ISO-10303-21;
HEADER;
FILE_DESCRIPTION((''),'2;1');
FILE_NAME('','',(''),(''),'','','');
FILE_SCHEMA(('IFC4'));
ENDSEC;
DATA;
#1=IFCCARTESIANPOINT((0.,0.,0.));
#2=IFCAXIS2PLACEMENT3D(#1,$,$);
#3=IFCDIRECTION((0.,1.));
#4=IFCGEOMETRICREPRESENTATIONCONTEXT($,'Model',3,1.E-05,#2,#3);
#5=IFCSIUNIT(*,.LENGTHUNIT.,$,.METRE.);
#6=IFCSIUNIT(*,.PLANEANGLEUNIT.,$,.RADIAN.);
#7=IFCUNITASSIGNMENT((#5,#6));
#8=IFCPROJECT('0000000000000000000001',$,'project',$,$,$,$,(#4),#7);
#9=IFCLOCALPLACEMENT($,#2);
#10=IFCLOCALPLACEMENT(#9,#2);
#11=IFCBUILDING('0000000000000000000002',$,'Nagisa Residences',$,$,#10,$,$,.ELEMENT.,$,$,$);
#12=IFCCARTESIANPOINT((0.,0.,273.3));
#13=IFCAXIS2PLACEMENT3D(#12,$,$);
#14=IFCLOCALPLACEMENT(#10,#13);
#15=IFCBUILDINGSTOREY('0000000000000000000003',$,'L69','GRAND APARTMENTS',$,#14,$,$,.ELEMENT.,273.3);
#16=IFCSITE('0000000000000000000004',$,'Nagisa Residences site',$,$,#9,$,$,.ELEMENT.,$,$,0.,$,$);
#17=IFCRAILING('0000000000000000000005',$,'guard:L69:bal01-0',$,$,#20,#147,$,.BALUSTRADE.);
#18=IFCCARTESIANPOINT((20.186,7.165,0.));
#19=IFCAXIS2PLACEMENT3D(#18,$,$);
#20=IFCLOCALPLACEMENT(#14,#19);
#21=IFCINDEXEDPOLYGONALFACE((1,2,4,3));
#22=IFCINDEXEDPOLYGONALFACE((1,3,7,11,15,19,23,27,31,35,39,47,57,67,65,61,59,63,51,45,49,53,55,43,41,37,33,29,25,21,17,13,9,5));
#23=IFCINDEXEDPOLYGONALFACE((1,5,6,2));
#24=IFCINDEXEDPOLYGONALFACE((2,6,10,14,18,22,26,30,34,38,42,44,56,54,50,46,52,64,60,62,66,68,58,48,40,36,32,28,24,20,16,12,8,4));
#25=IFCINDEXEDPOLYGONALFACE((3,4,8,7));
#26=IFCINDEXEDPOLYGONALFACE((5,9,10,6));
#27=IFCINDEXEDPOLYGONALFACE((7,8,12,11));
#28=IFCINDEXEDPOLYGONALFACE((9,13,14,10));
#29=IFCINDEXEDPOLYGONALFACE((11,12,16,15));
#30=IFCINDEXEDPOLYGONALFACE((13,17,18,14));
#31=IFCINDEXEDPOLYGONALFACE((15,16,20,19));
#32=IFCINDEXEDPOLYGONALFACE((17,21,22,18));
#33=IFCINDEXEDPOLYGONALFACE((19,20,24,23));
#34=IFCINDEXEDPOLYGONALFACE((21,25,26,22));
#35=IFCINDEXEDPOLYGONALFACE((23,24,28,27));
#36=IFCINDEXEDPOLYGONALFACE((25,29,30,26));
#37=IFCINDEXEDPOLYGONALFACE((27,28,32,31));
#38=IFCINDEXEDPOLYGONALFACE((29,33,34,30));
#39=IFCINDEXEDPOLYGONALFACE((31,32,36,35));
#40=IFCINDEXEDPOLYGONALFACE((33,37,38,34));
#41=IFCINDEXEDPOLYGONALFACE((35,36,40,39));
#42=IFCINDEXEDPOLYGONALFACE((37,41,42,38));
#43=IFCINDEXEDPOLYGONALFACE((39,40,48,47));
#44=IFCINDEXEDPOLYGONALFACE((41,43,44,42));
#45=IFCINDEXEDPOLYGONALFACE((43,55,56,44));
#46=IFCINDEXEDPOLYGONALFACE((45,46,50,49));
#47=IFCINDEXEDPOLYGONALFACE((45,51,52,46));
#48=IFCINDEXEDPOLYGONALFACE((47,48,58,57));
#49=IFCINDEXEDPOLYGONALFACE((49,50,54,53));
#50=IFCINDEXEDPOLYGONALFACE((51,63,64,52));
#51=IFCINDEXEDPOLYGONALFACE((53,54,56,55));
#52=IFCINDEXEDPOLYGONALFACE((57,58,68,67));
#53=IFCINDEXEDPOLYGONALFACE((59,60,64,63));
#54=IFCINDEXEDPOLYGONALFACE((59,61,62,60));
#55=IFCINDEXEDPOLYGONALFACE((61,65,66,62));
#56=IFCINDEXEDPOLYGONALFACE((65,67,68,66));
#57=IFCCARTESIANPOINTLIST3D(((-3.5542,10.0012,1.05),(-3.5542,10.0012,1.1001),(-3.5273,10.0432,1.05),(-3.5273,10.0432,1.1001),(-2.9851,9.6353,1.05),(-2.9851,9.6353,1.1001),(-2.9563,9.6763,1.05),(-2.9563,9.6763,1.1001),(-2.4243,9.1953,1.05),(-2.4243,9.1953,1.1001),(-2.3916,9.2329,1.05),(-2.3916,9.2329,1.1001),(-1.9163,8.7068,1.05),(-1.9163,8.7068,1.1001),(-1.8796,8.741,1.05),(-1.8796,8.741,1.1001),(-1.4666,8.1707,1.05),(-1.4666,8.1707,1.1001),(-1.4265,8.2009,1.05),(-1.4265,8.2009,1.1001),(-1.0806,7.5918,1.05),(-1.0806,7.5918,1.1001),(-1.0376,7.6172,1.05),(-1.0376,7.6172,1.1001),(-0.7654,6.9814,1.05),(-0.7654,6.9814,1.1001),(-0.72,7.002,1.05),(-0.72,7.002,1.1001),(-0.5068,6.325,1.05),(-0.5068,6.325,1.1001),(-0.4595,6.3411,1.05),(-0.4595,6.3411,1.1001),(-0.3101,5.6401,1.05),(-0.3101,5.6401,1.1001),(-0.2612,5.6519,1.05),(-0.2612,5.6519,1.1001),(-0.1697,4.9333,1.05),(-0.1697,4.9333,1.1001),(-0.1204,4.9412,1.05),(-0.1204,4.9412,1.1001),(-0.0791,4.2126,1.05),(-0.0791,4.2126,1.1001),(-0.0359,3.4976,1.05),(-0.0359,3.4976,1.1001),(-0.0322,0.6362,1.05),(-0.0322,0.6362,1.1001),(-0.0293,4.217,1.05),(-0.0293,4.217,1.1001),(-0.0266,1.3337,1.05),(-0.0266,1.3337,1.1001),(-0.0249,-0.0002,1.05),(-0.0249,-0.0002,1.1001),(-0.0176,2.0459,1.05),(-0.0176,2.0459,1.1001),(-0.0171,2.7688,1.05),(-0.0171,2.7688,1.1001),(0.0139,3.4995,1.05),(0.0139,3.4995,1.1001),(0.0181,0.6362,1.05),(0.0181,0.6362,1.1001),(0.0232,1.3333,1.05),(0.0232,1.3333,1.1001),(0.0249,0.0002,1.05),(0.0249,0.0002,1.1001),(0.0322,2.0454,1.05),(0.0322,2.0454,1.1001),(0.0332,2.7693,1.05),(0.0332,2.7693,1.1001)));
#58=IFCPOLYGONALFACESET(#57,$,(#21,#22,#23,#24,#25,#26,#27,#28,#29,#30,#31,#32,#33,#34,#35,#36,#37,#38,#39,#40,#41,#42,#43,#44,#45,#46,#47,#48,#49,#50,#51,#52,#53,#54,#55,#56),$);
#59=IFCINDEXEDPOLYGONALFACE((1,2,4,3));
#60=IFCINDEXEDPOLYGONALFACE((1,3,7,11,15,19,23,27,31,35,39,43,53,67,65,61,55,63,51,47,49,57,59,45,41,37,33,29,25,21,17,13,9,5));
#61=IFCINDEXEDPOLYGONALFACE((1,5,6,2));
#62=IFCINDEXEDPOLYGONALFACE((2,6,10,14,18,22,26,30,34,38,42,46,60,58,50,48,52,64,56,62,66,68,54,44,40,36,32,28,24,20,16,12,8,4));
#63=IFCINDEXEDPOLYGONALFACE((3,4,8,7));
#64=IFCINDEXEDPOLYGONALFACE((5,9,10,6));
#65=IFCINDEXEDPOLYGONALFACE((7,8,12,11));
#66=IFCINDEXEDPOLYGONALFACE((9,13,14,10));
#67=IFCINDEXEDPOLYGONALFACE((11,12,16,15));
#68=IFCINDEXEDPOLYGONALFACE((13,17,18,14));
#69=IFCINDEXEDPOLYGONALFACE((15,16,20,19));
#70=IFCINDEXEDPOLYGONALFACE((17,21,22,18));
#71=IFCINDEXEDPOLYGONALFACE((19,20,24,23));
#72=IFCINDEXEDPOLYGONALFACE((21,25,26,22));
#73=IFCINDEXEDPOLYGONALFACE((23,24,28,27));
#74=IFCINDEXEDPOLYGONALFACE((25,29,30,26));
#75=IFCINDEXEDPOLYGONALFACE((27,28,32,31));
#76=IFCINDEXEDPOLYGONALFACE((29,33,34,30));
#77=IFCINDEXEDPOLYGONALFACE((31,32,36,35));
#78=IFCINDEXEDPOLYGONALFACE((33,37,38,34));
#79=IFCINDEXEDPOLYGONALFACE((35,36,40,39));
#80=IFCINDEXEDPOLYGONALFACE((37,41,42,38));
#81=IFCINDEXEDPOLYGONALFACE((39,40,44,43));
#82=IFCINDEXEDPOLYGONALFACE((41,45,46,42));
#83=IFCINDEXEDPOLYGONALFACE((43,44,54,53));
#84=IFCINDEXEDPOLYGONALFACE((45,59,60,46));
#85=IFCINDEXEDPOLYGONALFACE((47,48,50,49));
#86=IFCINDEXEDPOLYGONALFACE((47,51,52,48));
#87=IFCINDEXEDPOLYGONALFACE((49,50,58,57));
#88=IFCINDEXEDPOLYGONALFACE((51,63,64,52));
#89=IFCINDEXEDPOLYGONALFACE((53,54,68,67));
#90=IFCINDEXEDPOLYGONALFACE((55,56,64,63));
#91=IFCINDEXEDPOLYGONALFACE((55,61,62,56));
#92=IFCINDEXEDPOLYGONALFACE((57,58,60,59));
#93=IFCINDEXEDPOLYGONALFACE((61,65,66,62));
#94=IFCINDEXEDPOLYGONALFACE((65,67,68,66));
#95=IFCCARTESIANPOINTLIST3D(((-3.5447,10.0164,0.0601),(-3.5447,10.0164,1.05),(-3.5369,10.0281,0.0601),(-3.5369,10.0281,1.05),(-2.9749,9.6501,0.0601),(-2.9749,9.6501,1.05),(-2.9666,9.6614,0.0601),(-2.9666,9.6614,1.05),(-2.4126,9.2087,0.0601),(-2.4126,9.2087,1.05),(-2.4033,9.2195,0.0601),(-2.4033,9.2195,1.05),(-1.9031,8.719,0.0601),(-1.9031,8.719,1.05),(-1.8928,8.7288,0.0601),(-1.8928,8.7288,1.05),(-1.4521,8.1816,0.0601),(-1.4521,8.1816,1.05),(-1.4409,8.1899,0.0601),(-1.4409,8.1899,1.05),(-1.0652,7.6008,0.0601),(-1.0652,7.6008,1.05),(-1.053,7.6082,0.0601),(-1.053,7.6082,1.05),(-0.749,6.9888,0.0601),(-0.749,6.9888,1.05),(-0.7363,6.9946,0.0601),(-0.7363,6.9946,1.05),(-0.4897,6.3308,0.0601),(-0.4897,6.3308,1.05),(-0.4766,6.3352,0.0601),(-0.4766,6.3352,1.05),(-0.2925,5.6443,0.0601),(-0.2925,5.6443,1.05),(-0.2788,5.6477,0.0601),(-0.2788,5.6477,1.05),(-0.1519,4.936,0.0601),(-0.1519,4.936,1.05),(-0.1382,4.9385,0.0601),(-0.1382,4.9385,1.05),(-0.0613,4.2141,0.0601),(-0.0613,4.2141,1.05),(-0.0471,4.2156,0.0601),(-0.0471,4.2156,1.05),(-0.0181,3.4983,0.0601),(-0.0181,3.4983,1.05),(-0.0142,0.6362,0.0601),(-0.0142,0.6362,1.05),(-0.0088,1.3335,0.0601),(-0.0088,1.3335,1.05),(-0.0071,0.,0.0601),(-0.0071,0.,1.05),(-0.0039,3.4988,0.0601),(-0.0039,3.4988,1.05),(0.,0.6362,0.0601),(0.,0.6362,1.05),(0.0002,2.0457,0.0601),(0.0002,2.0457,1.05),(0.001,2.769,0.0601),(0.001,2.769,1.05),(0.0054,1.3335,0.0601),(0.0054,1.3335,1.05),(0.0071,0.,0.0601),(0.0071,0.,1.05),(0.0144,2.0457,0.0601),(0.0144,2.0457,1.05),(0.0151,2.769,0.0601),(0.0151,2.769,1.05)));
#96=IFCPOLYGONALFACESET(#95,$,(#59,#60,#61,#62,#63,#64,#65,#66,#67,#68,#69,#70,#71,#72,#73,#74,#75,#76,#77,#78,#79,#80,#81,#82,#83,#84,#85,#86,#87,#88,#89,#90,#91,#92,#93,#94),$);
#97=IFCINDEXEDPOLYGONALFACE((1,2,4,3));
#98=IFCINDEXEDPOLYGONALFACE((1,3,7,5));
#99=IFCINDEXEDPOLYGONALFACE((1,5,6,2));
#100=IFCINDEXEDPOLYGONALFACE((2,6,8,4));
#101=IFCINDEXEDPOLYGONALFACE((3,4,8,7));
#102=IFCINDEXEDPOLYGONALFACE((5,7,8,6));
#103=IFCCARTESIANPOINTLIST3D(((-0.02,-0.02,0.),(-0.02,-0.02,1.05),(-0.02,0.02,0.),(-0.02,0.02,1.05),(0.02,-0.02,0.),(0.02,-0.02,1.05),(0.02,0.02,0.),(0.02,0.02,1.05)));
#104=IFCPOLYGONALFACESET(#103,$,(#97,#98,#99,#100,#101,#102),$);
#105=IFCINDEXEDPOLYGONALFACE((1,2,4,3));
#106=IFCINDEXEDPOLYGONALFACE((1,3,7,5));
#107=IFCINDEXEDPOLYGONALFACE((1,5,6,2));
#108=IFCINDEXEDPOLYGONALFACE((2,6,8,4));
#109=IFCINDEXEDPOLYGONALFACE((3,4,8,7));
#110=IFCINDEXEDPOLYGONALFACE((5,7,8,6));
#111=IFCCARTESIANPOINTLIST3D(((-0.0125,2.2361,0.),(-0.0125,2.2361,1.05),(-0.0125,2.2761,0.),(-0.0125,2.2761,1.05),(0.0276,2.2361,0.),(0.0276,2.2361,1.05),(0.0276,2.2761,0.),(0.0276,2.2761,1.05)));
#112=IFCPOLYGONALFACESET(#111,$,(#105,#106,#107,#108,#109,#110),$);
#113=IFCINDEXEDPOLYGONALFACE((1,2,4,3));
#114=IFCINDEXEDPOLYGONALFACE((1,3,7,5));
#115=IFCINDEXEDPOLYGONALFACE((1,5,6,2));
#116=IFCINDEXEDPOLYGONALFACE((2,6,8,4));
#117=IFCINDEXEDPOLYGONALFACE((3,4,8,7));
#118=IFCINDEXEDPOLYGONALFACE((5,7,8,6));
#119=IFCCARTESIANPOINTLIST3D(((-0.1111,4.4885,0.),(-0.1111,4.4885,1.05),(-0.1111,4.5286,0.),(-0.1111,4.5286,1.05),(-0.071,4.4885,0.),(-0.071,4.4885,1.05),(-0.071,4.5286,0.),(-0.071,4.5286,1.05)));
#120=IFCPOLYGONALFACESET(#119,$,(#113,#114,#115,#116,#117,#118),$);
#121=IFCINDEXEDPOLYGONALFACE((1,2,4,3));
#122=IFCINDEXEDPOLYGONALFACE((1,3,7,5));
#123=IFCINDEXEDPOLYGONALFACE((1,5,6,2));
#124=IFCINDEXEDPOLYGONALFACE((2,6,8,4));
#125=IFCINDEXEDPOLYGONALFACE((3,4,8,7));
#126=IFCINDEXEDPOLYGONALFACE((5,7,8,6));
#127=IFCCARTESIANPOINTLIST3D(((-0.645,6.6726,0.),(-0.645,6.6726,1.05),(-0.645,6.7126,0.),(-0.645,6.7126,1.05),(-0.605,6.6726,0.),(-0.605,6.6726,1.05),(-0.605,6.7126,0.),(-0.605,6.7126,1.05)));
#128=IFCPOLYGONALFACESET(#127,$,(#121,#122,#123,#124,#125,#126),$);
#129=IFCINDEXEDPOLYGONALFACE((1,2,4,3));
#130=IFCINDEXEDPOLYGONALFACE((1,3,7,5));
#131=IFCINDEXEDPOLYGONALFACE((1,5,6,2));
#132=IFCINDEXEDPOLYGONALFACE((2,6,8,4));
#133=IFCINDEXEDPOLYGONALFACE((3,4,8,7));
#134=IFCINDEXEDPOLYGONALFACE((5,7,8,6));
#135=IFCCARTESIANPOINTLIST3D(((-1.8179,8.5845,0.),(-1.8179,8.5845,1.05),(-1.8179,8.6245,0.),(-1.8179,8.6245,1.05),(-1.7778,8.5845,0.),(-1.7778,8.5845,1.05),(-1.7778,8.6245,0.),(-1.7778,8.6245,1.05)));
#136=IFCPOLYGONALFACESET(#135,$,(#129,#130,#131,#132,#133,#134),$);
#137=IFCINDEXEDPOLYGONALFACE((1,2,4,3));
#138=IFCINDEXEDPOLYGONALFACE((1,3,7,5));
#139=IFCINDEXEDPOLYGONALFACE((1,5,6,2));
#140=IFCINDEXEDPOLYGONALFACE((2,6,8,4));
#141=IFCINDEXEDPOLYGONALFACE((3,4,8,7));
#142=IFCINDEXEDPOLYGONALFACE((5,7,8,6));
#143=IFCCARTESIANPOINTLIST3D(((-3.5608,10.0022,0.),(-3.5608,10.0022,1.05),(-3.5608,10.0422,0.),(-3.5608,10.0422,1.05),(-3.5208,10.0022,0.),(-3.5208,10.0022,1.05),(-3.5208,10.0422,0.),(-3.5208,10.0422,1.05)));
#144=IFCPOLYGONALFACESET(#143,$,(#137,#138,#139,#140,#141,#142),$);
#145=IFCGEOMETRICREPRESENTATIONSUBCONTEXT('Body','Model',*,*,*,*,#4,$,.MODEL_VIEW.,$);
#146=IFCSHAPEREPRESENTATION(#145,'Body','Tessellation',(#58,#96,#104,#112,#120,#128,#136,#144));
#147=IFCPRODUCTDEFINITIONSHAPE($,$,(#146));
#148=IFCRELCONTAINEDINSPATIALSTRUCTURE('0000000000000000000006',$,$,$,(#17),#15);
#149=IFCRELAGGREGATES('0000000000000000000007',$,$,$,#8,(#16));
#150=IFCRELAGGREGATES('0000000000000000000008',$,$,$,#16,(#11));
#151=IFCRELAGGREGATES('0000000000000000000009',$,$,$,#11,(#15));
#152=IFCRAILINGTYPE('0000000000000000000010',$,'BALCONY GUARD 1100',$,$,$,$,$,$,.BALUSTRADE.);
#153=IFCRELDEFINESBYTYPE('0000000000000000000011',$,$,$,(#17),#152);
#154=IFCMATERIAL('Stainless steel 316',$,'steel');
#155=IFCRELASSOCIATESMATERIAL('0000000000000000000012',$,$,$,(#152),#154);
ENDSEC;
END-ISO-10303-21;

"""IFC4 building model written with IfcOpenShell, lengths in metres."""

from ifc_helpers import new_model, si_unit, direction, frame, origin, origin_2d, place, context, subcontext, project, spatial, polyline, rectangle, outline, extrude, material, type_object, element, save


model = new_model("IFC4")

# Units and contexts
model_context = context("Model", 3, precision=1e-05, world=origin(), true_north=direction((0.0, 1.0)))
body_context = subcontext(model_context, "Body", "Model", "MODEL_VIEW")
ifc_project = project(units=[si_unit("LENGTHUNIT", "METRE"), si_unit("PLANEANGLEUNIT", "RADIAN")], contexts=[model_context])

# Site, building, storey
site_placement = place(None, origin())
site = spatial("IfcSite", under=ifc_project, at=site_placement, Name="Nagisa Residences site", CompositionType="ELEMENT", RefElevation=0.0)
building_placement = place(site_placement, origin())
building = spatial("IfcBuilding", under=site, at=building_placement, Name="Nagisa Residences", CompositionType="ELEMENT")
storey_placement = place(building_placement, frame((0.0, 0.0, 273.3)))
storey = spatial("IfcBuildingStorey", under=building, at=storey_placement, Name="L69", Description="GRAND APARTMENTS", CompositionType="ELEMENT", Elevation=273.3)

# Railing
ifc_material_1 = material(Name="Stainless steel 316", Category="steel")
railing_type = type_object("IfcRailingType", Name="BALCONY GUARD 1100", PredefinedType="BALUSTRADE", material=ifc_material_1)
railing_placement = place(storey_placement, frame((20.186, 7.165, 0.0)))
element("IfcRailing", 1, at=railing_placement, inside=storey, type_object=railing_type, Name="guard:L69:bal01-0", PredefinedType="BALUSTRADE", context=body_context, shape_type="SweptSolid", body=[
    extrude(outline(polyline([(-0.0322, 0.6362), (-0.0249, -0.0002), (0.0249, 0.0002), (0.0181, 0.6362), (0.0232, 1.3333), (0.0322, 2.0454), (0.0332, 2.7693), (0.0139, 3.4995), (-0.0293, 4.217), (-0.1204, 4.9412), (-0.2612, 5.6519), (-0.4595, 6.3411), (-0.72, 7.002), (-1.0376, 7.6172), (-1.4265, 8.2009), (-1.8796, 8.741), (-2.3916, 9.2329), (-2.9563, 9.6763), (-3.5273, 10.0432), (-3.5542, 10.0012), (-2.9851, 9.6353), (-2.4243, 9.1953), (-1.9163, 8.7068), (-1.4666, 8.1707), (-1.0806, 7.5918), (-0.7654, 6.9814), (-0.5068, 6.325), (-0.3101, 5.6401), (-0.1697, 4.9333), (-0.0791, 4.2126), (-0.0359, 3.4976), (-0.0171, 2.7688), (-0.0176, 2.0459), (-0.0266, 1.3337), (-0.0322, 0.6362)])), frame((0.0, 0.0, 1.05)), (0.0, 0.0, 1.0), 0.05),
    extrude(outline(polyline([(-0.0142, 0.6362), (-0.0071, 0.0), (0.0071, 0.0), (0.0, 0.6362), (0.0054, 1.3335), (0.0144, 2.0457), (0.0151, 2.769), (-0.0039, 3.4988), (-0.0471, 4.2156), (-0.1382, 4.9385), (-0.2788, 5.6477), (-0.4766, 6.3352), (-0.7363, 6.9946), (-1.053, 7.6082), (-1.4409, 8.1899), (-1.8928, 8.7288), (-2.4033, 9.2195), (-2.9666, 9.6614), (-3.5369, 10.0281), (-3.5447, 10.0164), (-2.9749, 9.6501), (-2.4126, 9.2087), (-1.9031, 8.719), (-1.4521, 8.1816), (-1.0652, 7.6008), (-0.749, 6.9888), (-0.4897, 6.3308), (-0.2925, 5.6443), (-0.1519, 4.936), (-0.0613, 4.2141), (-0.0181, 3.4983), (0.001, 2.769), (0.0002, 2.0457), (-0.0088, 1.3335), (-0.0142, 0.6362)])), frame((0.0, 0.0, 0.0601)), (0.0, 0.0, 1.0), 0.99),
    extrude(rectangle(XDim=0.04, YDim=0.04, at=origin_2d()), origin(), (0.0, 0.0, 1.0), 1.05),
    extrude(rectangle(XDim=0.04, YDim=0.04, at=origin_2d()), frame((0.0076, 2.2561, 0.0)), (0.0, 0.0, 1.0), 1.05),
    extrude(rectangle(XDim=0.04, YDim=0.04, at=origin_2d()), frame((-0.0911, 4.5085, 0.0)), (0.0, 0.0, 1.0), 1.05),
    extrude(rectangle(XDim=0.04, YDim=0.04, at=origin_2d()), frame((-0.625, 6.6926, 0.0)), (0.0, 0.0, 1.0), 1.05),
    extrude(rectangle(XDim=0.04, YDim=0.04, at=origin_2d()), frame((-1.7979, 8.6045, 0.0)), (0.0, 0.0, 1.0), 1.05),
    extrude(rectangle(XDim=0.04, YDim=0.04, at=origin_2d()), frame((-3.5408, 10.0222, 0.0)), (0.0, 0.0, 1.0), 1.05),
])

save(model, "model.ifc")
